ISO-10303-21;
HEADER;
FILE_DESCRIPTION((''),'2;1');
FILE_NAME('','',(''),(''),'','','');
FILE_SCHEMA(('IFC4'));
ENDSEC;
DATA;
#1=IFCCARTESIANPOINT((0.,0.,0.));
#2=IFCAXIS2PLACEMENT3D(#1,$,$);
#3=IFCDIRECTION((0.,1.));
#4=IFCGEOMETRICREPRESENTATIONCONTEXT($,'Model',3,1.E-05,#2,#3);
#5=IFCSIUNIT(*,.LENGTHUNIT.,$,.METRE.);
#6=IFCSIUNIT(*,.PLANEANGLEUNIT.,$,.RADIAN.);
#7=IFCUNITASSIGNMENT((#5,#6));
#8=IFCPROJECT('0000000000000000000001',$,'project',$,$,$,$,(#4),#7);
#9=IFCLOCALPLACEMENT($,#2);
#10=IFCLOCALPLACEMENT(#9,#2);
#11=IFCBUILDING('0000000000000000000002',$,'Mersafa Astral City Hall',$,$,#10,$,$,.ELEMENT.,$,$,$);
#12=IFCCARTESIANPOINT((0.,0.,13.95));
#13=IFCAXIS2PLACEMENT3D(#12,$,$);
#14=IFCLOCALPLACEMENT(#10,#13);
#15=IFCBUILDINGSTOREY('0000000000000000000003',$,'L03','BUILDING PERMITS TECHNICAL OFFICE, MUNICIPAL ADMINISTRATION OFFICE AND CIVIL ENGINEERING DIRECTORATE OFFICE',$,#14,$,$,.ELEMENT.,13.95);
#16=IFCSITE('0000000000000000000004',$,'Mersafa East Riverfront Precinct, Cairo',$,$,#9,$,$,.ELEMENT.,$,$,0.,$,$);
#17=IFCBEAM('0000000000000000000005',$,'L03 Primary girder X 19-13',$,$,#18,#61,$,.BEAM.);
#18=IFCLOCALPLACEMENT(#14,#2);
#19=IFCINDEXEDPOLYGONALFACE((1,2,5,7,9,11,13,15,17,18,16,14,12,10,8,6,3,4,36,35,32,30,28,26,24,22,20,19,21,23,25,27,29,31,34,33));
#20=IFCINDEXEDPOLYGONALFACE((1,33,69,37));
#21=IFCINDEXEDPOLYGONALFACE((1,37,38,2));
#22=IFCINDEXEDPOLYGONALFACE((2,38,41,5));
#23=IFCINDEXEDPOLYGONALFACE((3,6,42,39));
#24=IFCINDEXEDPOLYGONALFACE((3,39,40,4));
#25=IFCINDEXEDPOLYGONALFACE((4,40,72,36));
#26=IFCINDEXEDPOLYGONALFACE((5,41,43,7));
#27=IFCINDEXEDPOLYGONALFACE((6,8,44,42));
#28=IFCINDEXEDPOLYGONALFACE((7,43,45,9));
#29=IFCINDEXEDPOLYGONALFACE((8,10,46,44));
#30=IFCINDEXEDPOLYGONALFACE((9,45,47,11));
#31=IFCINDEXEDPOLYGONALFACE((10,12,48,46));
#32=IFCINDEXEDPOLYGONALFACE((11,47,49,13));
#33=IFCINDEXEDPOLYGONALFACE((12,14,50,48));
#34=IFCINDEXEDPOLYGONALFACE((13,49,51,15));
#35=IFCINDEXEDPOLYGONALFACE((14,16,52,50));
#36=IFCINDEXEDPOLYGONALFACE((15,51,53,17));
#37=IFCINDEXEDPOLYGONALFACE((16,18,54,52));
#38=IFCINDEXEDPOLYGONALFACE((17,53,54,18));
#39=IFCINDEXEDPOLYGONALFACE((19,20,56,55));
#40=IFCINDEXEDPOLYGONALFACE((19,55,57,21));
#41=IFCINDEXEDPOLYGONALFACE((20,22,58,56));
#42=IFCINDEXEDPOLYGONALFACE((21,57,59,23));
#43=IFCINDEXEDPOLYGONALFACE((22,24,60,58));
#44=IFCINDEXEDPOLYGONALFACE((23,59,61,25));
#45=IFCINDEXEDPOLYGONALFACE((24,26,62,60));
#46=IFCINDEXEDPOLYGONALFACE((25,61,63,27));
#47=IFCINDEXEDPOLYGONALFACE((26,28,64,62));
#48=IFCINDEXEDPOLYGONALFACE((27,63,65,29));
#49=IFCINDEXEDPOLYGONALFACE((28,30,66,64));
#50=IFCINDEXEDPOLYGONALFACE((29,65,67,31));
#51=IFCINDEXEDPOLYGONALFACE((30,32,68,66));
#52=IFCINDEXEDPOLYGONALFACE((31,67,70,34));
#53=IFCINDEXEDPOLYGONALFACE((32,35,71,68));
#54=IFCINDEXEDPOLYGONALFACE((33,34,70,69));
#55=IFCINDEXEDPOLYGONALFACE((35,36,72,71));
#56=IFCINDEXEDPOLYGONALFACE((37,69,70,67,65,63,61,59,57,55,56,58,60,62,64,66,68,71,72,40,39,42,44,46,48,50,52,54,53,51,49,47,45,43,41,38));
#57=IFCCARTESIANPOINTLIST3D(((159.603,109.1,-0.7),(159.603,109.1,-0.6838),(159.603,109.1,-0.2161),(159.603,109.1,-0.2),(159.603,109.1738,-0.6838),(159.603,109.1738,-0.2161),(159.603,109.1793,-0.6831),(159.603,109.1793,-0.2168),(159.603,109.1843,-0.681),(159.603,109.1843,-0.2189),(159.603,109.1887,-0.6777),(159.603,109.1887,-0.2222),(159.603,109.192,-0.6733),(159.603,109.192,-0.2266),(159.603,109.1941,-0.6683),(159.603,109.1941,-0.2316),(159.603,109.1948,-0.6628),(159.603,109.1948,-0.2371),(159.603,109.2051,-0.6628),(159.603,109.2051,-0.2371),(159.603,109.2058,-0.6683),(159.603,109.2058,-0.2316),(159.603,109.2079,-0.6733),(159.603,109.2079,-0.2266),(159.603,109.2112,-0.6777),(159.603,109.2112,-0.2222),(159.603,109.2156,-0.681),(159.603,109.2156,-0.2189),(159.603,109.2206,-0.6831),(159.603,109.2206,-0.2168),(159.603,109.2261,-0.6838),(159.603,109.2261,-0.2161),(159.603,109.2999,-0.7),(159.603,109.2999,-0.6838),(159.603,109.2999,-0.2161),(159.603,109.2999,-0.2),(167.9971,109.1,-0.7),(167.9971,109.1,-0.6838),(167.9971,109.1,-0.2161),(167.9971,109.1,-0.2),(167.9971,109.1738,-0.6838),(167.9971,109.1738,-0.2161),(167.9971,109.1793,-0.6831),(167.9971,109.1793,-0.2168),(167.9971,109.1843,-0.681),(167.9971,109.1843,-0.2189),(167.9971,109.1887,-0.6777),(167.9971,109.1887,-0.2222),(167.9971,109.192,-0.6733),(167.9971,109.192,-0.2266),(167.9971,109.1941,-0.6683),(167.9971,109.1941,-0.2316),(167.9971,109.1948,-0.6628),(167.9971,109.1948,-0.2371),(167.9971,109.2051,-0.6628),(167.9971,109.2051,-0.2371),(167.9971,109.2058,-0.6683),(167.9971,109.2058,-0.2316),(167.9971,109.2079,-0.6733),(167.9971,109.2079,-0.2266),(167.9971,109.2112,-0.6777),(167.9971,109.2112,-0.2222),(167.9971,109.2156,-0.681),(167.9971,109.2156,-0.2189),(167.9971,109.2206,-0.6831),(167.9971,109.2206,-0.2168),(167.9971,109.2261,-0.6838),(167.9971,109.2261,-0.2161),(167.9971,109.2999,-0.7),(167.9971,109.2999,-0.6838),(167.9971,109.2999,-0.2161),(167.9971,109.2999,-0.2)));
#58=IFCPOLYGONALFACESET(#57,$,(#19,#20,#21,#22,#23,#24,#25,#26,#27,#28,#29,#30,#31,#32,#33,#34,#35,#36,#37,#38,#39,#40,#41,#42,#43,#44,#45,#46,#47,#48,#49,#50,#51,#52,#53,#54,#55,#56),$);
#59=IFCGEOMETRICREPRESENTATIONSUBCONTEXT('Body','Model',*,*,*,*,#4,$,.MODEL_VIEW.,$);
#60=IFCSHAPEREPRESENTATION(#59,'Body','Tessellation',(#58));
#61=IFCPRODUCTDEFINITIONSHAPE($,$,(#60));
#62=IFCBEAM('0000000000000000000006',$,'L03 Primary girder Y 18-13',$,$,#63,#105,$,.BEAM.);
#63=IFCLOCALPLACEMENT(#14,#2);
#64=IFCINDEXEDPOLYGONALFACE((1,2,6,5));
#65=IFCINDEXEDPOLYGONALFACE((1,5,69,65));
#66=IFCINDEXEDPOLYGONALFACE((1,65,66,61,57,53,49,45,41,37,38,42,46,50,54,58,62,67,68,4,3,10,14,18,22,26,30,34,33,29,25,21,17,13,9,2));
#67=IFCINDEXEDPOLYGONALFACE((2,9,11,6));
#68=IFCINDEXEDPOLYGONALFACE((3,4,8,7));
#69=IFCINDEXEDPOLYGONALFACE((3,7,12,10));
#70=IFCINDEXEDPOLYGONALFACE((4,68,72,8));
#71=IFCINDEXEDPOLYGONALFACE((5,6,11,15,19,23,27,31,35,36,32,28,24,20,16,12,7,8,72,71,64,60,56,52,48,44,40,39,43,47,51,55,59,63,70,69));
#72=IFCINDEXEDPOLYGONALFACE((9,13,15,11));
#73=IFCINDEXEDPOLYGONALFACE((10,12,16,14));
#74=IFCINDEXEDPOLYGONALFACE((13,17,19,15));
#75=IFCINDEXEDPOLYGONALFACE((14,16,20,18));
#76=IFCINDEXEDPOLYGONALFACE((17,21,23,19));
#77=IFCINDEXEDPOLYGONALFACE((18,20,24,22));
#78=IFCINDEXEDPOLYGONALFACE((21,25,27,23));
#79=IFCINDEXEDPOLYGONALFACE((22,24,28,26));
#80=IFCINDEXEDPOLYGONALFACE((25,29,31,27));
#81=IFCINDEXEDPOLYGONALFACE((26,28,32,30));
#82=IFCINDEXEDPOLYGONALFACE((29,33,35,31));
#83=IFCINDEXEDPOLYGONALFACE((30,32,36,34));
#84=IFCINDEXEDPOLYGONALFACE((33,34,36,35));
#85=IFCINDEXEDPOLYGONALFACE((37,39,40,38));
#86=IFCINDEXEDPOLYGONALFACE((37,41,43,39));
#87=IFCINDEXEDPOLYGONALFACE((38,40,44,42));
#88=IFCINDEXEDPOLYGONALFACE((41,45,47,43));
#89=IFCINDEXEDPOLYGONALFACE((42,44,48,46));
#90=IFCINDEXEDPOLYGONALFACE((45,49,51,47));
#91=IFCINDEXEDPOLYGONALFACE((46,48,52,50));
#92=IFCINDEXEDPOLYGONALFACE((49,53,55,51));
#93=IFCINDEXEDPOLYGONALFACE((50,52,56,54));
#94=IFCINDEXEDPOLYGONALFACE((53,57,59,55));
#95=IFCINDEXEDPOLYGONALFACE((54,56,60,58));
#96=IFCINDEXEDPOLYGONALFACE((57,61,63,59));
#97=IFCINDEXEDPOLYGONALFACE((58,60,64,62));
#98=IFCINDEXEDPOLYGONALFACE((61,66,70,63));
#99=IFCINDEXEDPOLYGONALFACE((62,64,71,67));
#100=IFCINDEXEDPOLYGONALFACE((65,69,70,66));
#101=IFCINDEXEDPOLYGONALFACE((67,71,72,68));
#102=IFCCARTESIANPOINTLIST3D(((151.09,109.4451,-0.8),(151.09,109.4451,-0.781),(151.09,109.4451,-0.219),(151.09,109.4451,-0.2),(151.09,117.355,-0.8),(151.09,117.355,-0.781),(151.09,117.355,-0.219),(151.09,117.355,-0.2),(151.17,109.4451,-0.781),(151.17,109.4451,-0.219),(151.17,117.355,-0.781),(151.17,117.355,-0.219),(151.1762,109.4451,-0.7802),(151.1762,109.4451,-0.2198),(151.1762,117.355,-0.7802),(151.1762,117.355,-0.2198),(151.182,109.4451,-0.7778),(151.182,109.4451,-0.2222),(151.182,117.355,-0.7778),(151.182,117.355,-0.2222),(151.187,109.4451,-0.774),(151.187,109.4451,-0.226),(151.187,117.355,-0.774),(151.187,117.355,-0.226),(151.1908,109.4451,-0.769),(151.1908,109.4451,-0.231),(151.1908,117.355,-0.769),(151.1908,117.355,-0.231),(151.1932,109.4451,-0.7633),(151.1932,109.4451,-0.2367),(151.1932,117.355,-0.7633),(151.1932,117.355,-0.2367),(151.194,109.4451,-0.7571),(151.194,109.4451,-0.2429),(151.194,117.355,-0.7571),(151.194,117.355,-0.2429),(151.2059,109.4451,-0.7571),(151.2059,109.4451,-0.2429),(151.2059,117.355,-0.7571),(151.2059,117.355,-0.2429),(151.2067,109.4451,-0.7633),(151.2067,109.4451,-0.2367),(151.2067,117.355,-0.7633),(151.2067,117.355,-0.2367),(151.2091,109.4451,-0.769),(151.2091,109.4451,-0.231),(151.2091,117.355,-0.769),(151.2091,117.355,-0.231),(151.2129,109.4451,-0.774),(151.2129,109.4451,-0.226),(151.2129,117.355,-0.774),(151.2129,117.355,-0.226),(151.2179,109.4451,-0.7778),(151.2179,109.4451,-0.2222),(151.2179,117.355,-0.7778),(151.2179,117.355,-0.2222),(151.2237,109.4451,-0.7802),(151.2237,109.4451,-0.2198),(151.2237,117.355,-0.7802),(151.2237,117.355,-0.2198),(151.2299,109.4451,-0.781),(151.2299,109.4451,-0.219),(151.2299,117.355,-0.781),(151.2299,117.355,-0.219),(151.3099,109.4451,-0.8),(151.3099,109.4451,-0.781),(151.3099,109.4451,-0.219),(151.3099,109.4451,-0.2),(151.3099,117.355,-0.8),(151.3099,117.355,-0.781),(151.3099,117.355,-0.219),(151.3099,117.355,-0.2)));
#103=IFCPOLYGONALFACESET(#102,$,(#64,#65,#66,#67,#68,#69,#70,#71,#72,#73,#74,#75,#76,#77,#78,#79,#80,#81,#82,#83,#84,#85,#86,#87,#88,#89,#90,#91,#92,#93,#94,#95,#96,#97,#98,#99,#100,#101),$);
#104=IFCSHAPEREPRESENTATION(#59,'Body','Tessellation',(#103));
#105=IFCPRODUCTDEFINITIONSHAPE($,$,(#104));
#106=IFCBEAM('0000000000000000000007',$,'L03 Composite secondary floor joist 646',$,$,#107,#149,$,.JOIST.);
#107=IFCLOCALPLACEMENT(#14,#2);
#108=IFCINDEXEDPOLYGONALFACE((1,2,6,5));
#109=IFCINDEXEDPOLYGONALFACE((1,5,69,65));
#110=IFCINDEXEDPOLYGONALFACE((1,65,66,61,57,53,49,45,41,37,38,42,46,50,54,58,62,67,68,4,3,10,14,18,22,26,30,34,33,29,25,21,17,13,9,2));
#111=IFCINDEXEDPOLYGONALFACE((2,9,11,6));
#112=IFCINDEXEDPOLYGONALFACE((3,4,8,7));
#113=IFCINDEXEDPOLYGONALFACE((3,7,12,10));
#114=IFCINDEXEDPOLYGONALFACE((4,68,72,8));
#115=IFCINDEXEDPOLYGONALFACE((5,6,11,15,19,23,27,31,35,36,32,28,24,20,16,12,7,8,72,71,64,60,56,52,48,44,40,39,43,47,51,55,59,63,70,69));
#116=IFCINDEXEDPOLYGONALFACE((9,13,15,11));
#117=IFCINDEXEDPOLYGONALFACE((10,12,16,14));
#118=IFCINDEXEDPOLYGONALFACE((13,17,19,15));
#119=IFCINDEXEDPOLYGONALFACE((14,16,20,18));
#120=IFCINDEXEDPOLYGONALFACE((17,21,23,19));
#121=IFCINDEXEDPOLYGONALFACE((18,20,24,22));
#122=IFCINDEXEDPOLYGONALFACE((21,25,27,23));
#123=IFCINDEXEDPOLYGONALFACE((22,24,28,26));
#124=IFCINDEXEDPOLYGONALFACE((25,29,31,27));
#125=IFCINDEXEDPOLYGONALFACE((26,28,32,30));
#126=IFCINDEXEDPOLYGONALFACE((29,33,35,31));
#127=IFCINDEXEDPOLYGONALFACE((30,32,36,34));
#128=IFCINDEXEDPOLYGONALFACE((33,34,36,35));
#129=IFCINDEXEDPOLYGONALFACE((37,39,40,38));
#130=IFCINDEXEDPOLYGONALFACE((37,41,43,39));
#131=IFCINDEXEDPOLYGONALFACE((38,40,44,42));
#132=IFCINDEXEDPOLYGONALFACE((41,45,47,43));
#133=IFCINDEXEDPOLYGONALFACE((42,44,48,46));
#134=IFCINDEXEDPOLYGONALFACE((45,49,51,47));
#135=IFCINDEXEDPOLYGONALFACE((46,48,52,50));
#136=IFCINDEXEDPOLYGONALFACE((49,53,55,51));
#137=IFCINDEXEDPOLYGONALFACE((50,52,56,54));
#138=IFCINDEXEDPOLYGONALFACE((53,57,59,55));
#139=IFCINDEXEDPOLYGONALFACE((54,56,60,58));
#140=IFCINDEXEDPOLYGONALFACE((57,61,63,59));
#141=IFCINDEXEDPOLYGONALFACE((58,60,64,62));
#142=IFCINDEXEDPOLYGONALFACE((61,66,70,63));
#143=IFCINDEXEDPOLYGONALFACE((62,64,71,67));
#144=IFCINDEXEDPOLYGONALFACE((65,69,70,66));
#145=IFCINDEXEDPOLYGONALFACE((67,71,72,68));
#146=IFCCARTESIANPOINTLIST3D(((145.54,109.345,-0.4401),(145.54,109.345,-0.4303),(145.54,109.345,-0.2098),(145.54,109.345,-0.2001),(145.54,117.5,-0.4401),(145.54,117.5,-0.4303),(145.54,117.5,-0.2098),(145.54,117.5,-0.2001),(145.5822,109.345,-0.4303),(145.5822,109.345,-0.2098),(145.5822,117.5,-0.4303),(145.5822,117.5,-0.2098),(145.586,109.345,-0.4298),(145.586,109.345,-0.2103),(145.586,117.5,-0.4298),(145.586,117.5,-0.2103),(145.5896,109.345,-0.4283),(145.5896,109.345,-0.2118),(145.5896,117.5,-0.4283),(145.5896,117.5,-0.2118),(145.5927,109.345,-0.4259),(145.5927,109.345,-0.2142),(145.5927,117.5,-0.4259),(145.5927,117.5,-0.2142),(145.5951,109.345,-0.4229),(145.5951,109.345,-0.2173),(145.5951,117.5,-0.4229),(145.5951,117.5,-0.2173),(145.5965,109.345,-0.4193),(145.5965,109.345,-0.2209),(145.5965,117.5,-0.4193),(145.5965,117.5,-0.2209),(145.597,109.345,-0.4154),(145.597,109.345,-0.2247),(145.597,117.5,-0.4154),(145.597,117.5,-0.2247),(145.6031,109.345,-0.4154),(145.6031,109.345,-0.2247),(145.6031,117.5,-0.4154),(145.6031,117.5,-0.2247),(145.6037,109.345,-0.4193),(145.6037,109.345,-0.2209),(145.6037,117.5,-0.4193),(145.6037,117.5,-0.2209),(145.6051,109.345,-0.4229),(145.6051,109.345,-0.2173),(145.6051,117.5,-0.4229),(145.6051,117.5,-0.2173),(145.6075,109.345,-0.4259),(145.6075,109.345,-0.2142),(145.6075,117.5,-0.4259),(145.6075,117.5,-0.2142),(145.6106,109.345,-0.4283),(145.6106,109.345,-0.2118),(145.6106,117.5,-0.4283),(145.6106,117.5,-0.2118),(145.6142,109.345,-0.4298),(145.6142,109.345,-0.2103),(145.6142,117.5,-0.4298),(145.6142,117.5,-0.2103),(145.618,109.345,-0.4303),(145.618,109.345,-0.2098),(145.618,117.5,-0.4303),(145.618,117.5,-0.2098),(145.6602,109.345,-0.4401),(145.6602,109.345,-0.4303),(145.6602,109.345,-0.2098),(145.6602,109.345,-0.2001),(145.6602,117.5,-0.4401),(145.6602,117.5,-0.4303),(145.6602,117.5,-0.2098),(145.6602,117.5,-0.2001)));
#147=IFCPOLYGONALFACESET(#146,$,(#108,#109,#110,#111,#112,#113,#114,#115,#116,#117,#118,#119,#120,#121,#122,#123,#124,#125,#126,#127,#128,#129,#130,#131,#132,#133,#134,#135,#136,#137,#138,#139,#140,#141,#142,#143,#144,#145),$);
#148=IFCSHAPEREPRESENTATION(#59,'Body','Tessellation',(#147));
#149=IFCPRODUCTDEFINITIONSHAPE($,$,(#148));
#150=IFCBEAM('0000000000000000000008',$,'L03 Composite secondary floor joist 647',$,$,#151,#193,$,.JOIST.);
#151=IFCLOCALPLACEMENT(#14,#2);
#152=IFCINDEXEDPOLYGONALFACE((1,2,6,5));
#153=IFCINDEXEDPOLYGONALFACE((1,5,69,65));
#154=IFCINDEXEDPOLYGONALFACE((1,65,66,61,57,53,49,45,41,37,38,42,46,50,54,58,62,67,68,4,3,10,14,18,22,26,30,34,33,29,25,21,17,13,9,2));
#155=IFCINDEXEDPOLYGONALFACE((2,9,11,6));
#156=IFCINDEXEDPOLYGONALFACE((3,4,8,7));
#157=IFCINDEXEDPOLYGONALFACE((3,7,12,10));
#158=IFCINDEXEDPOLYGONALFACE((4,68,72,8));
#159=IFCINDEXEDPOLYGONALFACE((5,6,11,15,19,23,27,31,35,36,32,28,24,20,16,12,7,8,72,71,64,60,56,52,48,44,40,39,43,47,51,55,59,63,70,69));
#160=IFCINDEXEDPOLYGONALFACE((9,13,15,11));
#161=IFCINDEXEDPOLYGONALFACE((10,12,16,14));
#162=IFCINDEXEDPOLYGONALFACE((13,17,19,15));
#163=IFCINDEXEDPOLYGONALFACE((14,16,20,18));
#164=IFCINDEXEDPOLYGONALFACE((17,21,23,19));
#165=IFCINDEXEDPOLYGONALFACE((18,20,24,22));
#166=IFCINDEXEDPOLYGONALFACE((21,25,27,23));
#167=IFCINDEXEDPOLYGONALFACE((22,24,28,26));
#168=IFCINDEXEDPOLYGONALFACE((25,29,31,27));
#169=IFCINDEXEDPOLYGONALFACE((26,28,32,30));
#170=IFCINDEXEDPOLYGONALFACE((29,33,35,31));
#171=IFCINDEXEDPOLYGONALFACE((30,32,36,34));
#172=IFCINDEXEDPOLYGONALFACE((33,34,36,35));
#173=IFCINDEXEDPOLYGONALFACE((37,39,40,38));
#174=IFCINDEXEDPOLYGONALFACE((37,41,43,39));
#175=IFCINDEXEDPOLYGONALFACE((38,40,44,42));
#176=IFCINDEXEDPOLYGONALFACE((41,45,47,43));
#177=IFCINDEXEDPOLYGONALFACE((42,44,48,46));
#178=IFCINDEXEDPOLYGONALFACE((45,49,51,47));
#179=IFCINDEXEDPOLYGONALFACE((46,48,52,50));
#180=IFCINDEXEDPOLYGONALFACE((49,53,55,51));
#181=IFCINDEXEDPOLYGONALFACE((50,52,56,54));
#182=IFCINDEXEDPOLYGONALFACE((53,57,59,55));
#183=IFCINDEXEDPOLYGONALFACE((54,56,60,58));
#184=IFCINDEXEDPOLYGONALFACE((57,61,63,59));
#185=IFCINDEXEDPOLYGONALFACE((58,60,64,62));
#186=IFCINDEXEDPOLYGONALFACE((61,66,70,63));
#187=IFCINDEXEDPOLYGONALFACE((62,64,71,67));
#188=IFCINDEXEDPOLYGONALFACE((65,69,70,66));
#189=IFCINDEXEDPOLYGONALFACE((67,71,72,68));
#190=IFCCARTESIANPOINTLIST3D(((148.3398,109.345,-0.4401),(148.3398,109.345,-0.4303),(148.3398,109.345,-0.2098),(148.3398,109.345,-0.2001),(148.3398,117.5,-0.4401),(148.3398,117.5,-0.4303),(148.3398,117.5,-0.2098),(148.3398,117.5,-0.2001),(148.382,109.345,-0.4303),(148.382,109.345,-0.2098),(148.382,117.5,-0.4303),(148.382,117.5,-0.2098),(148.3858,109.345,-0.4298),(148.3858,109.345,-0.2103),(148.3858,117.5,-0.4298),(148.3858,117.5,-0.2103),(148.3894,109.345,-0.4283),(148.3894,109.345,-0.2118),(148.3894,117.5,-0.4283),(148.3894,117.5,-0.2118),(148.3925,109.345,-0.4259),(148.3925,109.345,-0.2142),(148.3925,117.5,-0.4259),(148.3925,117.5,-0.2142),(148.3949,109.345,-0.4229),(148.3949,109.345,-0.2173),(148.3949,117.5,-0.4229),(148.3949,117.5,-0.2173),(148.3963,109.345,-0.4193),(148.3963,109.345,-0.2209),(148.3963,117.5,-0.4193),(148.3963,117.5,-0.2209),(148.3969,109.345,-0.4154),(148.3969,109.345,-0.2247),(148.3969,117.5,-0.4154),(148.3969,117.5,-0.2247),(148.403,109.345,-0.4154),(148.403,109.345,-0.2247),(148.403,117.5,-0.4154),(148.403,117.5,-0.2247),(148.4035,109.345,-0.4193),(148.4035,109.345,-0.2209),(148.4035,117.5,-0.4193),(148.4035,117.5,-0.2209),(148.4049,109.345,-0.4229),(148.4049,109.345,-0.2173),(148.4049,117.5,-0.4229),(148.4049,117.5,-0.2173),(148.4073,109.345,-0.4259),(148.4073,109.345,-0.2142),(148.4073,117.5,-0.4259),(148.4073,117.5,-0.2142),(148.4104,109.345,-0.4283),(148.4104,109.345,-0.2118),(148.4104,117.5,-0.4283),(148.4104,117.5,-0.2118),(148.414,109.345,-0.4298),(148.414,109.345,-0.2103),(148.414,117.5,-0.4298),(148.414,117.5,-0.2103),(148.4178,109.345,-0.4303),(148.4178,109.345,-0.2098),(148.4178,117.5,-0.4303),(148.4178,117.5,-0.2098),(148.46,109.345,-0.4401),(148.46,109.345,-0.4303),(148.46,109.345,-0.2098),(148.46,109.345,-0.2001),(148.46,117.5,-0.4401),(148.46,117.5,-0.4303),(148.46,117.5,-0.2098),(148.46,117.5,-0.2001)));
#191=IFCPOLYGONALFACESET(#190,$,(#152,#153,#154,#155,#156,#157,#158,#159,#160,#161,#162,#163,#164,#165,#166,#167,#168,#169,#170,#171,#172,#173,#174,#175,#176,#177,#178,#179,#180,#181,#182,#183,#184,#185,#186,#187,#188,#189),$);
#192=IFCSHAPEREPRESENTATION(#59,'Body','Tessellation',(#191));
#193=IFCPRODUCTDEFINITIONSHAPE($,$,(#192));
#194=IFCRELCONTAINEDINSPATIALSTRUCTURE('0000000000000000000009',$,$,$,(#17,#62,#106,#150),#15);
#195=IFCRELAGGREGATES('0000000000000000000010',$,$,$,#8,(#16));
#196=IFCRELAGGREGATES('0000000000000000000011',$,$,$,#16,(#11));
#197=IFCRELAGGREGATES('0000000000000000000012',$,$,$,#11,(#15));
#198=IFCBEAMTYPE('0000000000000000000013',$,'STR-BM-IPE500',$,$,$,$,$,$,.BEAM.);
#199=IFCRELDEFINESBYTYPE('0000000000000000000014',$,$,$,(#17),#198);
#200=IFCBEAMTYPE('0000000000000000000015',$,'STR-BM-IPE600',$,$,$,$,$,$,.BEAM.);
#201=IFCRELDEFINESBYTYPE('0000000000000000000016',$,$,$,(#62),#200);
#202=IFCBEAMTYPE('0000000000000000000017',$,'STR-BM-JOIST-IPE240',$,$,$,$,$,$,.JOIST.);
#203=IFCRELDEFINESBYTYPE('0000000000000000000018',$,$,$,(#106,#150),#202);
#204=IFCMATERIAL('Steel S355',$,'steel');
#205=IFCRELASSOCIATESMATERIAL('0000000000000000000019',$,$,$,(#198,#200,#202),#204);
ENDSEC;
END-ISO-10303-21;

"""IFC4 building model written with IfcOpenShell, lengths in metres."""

from ifc_helpers import new_model, si_unit, direction, frame, origin, origin_2d, place, context, subcontext, project, spatial, i_section, extrude, material, material_profile, profile_set, type_object, element, save


model = new_model("IFC4")

# Units and contexts
model_context = context("Model", 3, precision=1e-05, world=origin(), true_north=direction((0.0, 1.0)))
body_context = subcontext(model_context, "Body", "Model", "MODEL_VIEW")
ifc_project = project(units=[si_unit("LENGTHUNIT", "METRE"), si_unit("PLANEANGLEUNIT", "RADIAN")], contexts=[model_context])

# Site, building, storey
site_placement = place(None, origin())
site = spatial("IfcSite", under=ifc_project, at=site_placement, Name="Mersafa East Riverfront Precinct, Cairo", CompositionType="ELEMENT", RefElevation=0.0)
building_placement = place(site_placement, origin())
building = spatial("IfcBuilding", under=site, at=building_placement, Name="Mersafa Astral City Hall", CompositionType="ELEMENT")
storey_placement = place(building_placement, frame((0.0, 0.0, 13.95)))
storey = spatial("IfcBuildingStorey", under=building, at=storey_placement, Name="L03", Description="BUILDING PERMITS TECHNICAL OFFICE, MUNICIPAL ADMINISTRATION OFFICE AND CIVIL ENGINEERING DIRECTORATE OFFICE", CompositionType="ELEMENT", Elevation=13.95)

# Shared definitions
ifc_material_1 = material(Name="Steel S355", Category="steel")

# Beams
ifc_material_profile_1 = material_profile(ifc_material_1, i_section(OverallWidth=0.2, OverallDepth=0.5, WebThickness=0.0103, FlangeThickness=0.0161, FilletRadius=0.021, at=origin_2d()), Name="IPE 500")
ifc_profile_set_1 = profile_set([ifc_material_profile_1], Name="Steel S355")
beam_type_1 = type_object("IfcBeamType", Name="STR-BM-IPE500", PredefinedType="BEAM", material=ifc_profile_set_1)
beam_1_placement = place(storey_placement, frame((159.603, 109.2, -0.45), z_axis=(1.0, 0.0, 0.0), x_axis=(0.0, 1.0, 0.0)))
element("IfcBeam", 1, at=beam_1_placement, inside=storey, type_object=beam_type_1, Name="L03 Primary girder X 19-13", PredefinedType="BEAM", context=body_context, shape_type="SweptSolid", body=[
    extrude(i_section(OverallWidth=0.2, OverallDepth=0.5, WebThickness=0.0103, FlangeThickness=0.0161, FilletRadius=0.021, at=origin_2d()), origin(), (0.0, 0.0, 1.0), 8.394),
])
ifc_material_profile_2 = material_profile(ifc_material_1, i_section(OverallWidth=0.22, OverallDepth=0.6001, WebThickness=0.012, FlangeThickness=0.019, FilletRadius=0.0239, at=origin_2d()), Name="IPE 600")
ifc_profile_set_2 = profile_set([ifc_material_profile_2], Name="Steel S355")
beam_type_2 = type_object("IfcBeamType", Name="STR-BM-IPE600", PredefinedType="BEAM", material=ifc_profile_set_2)
beam_2_placement = place(storey_placement, frame((151.2, 109.4451, -0.5), z_axis=(0.0, 1.0, 0.0), x_axis=(-1.0, 0.0, 0.0)))
element("IfcBeam", 2, at=beam_2_placement, inside=storey, type_object=beam_type_2, Name="L03 Primary girder Y 18-13", PredefinedType="BEAM", context=body_context, shape_type="SweptSolid", body=[
    extrude(i_section(OverallWidth=0.22, OverallDepth=0.6001, WebThickness=0.012, FlangeThickness=0.019, FilletRadius=0.0239, at=origin_2d()), origin(), (0.0, 0.0, 1.0), 7.9099),
])
ifc_material_profile_3 = material_profile(ifc_material_1, i_section(OverallWidth=0.1201, OverallDepth=0.24, WebThickness=0.0061, FlangeThickness=0.0098, FilletRadius=0.0149, at=origin_2d()), Name="IPE 240")
ifc_profile_set_3 = profile_set([ifc_material_profile_3], Name="Steel S355")
beam_type_3 = type_object("IfcBeamType", Name="STR-BM-JOIST-IPE240", PredefinedType="JOIST", material=ifc_profile_set_3)
for number, where, z_axis, x_axis, name in (
    (3, (145.6001, 109.345, -0.3201), (0.0, 1.0, 0.0), (-1.0, 0.0, 0.0), "L03 Composite secondary floor joist 646"),
    (4, (148.3999, 109.345, -0.3201), (0.0, 1.0, 0.0), (-1.0, 0.0, 0.0), "L03 Composite secondary floor joist 647"),
):
    element("IfcBeam", number, at=place(storey_placement, frame(where, z_axis=z_axis, x_axis=x_axis)), inside=storey, type_object=beam_type_3, Name=name, PredefinedType="JOIST", context=body_context, shape_type="SweptSolid", body=[
        extrude(i_section(OverallWidth=0.1201, OverallDepth=0.24, WebThickness=0.0061, FlangeThickness=0.0098, FilletRadius=0.0149, at=origin_2d()), origin(), (0.0, 0.0, 1.0), 8.155),
    ])

save(model, "model.ifc")
